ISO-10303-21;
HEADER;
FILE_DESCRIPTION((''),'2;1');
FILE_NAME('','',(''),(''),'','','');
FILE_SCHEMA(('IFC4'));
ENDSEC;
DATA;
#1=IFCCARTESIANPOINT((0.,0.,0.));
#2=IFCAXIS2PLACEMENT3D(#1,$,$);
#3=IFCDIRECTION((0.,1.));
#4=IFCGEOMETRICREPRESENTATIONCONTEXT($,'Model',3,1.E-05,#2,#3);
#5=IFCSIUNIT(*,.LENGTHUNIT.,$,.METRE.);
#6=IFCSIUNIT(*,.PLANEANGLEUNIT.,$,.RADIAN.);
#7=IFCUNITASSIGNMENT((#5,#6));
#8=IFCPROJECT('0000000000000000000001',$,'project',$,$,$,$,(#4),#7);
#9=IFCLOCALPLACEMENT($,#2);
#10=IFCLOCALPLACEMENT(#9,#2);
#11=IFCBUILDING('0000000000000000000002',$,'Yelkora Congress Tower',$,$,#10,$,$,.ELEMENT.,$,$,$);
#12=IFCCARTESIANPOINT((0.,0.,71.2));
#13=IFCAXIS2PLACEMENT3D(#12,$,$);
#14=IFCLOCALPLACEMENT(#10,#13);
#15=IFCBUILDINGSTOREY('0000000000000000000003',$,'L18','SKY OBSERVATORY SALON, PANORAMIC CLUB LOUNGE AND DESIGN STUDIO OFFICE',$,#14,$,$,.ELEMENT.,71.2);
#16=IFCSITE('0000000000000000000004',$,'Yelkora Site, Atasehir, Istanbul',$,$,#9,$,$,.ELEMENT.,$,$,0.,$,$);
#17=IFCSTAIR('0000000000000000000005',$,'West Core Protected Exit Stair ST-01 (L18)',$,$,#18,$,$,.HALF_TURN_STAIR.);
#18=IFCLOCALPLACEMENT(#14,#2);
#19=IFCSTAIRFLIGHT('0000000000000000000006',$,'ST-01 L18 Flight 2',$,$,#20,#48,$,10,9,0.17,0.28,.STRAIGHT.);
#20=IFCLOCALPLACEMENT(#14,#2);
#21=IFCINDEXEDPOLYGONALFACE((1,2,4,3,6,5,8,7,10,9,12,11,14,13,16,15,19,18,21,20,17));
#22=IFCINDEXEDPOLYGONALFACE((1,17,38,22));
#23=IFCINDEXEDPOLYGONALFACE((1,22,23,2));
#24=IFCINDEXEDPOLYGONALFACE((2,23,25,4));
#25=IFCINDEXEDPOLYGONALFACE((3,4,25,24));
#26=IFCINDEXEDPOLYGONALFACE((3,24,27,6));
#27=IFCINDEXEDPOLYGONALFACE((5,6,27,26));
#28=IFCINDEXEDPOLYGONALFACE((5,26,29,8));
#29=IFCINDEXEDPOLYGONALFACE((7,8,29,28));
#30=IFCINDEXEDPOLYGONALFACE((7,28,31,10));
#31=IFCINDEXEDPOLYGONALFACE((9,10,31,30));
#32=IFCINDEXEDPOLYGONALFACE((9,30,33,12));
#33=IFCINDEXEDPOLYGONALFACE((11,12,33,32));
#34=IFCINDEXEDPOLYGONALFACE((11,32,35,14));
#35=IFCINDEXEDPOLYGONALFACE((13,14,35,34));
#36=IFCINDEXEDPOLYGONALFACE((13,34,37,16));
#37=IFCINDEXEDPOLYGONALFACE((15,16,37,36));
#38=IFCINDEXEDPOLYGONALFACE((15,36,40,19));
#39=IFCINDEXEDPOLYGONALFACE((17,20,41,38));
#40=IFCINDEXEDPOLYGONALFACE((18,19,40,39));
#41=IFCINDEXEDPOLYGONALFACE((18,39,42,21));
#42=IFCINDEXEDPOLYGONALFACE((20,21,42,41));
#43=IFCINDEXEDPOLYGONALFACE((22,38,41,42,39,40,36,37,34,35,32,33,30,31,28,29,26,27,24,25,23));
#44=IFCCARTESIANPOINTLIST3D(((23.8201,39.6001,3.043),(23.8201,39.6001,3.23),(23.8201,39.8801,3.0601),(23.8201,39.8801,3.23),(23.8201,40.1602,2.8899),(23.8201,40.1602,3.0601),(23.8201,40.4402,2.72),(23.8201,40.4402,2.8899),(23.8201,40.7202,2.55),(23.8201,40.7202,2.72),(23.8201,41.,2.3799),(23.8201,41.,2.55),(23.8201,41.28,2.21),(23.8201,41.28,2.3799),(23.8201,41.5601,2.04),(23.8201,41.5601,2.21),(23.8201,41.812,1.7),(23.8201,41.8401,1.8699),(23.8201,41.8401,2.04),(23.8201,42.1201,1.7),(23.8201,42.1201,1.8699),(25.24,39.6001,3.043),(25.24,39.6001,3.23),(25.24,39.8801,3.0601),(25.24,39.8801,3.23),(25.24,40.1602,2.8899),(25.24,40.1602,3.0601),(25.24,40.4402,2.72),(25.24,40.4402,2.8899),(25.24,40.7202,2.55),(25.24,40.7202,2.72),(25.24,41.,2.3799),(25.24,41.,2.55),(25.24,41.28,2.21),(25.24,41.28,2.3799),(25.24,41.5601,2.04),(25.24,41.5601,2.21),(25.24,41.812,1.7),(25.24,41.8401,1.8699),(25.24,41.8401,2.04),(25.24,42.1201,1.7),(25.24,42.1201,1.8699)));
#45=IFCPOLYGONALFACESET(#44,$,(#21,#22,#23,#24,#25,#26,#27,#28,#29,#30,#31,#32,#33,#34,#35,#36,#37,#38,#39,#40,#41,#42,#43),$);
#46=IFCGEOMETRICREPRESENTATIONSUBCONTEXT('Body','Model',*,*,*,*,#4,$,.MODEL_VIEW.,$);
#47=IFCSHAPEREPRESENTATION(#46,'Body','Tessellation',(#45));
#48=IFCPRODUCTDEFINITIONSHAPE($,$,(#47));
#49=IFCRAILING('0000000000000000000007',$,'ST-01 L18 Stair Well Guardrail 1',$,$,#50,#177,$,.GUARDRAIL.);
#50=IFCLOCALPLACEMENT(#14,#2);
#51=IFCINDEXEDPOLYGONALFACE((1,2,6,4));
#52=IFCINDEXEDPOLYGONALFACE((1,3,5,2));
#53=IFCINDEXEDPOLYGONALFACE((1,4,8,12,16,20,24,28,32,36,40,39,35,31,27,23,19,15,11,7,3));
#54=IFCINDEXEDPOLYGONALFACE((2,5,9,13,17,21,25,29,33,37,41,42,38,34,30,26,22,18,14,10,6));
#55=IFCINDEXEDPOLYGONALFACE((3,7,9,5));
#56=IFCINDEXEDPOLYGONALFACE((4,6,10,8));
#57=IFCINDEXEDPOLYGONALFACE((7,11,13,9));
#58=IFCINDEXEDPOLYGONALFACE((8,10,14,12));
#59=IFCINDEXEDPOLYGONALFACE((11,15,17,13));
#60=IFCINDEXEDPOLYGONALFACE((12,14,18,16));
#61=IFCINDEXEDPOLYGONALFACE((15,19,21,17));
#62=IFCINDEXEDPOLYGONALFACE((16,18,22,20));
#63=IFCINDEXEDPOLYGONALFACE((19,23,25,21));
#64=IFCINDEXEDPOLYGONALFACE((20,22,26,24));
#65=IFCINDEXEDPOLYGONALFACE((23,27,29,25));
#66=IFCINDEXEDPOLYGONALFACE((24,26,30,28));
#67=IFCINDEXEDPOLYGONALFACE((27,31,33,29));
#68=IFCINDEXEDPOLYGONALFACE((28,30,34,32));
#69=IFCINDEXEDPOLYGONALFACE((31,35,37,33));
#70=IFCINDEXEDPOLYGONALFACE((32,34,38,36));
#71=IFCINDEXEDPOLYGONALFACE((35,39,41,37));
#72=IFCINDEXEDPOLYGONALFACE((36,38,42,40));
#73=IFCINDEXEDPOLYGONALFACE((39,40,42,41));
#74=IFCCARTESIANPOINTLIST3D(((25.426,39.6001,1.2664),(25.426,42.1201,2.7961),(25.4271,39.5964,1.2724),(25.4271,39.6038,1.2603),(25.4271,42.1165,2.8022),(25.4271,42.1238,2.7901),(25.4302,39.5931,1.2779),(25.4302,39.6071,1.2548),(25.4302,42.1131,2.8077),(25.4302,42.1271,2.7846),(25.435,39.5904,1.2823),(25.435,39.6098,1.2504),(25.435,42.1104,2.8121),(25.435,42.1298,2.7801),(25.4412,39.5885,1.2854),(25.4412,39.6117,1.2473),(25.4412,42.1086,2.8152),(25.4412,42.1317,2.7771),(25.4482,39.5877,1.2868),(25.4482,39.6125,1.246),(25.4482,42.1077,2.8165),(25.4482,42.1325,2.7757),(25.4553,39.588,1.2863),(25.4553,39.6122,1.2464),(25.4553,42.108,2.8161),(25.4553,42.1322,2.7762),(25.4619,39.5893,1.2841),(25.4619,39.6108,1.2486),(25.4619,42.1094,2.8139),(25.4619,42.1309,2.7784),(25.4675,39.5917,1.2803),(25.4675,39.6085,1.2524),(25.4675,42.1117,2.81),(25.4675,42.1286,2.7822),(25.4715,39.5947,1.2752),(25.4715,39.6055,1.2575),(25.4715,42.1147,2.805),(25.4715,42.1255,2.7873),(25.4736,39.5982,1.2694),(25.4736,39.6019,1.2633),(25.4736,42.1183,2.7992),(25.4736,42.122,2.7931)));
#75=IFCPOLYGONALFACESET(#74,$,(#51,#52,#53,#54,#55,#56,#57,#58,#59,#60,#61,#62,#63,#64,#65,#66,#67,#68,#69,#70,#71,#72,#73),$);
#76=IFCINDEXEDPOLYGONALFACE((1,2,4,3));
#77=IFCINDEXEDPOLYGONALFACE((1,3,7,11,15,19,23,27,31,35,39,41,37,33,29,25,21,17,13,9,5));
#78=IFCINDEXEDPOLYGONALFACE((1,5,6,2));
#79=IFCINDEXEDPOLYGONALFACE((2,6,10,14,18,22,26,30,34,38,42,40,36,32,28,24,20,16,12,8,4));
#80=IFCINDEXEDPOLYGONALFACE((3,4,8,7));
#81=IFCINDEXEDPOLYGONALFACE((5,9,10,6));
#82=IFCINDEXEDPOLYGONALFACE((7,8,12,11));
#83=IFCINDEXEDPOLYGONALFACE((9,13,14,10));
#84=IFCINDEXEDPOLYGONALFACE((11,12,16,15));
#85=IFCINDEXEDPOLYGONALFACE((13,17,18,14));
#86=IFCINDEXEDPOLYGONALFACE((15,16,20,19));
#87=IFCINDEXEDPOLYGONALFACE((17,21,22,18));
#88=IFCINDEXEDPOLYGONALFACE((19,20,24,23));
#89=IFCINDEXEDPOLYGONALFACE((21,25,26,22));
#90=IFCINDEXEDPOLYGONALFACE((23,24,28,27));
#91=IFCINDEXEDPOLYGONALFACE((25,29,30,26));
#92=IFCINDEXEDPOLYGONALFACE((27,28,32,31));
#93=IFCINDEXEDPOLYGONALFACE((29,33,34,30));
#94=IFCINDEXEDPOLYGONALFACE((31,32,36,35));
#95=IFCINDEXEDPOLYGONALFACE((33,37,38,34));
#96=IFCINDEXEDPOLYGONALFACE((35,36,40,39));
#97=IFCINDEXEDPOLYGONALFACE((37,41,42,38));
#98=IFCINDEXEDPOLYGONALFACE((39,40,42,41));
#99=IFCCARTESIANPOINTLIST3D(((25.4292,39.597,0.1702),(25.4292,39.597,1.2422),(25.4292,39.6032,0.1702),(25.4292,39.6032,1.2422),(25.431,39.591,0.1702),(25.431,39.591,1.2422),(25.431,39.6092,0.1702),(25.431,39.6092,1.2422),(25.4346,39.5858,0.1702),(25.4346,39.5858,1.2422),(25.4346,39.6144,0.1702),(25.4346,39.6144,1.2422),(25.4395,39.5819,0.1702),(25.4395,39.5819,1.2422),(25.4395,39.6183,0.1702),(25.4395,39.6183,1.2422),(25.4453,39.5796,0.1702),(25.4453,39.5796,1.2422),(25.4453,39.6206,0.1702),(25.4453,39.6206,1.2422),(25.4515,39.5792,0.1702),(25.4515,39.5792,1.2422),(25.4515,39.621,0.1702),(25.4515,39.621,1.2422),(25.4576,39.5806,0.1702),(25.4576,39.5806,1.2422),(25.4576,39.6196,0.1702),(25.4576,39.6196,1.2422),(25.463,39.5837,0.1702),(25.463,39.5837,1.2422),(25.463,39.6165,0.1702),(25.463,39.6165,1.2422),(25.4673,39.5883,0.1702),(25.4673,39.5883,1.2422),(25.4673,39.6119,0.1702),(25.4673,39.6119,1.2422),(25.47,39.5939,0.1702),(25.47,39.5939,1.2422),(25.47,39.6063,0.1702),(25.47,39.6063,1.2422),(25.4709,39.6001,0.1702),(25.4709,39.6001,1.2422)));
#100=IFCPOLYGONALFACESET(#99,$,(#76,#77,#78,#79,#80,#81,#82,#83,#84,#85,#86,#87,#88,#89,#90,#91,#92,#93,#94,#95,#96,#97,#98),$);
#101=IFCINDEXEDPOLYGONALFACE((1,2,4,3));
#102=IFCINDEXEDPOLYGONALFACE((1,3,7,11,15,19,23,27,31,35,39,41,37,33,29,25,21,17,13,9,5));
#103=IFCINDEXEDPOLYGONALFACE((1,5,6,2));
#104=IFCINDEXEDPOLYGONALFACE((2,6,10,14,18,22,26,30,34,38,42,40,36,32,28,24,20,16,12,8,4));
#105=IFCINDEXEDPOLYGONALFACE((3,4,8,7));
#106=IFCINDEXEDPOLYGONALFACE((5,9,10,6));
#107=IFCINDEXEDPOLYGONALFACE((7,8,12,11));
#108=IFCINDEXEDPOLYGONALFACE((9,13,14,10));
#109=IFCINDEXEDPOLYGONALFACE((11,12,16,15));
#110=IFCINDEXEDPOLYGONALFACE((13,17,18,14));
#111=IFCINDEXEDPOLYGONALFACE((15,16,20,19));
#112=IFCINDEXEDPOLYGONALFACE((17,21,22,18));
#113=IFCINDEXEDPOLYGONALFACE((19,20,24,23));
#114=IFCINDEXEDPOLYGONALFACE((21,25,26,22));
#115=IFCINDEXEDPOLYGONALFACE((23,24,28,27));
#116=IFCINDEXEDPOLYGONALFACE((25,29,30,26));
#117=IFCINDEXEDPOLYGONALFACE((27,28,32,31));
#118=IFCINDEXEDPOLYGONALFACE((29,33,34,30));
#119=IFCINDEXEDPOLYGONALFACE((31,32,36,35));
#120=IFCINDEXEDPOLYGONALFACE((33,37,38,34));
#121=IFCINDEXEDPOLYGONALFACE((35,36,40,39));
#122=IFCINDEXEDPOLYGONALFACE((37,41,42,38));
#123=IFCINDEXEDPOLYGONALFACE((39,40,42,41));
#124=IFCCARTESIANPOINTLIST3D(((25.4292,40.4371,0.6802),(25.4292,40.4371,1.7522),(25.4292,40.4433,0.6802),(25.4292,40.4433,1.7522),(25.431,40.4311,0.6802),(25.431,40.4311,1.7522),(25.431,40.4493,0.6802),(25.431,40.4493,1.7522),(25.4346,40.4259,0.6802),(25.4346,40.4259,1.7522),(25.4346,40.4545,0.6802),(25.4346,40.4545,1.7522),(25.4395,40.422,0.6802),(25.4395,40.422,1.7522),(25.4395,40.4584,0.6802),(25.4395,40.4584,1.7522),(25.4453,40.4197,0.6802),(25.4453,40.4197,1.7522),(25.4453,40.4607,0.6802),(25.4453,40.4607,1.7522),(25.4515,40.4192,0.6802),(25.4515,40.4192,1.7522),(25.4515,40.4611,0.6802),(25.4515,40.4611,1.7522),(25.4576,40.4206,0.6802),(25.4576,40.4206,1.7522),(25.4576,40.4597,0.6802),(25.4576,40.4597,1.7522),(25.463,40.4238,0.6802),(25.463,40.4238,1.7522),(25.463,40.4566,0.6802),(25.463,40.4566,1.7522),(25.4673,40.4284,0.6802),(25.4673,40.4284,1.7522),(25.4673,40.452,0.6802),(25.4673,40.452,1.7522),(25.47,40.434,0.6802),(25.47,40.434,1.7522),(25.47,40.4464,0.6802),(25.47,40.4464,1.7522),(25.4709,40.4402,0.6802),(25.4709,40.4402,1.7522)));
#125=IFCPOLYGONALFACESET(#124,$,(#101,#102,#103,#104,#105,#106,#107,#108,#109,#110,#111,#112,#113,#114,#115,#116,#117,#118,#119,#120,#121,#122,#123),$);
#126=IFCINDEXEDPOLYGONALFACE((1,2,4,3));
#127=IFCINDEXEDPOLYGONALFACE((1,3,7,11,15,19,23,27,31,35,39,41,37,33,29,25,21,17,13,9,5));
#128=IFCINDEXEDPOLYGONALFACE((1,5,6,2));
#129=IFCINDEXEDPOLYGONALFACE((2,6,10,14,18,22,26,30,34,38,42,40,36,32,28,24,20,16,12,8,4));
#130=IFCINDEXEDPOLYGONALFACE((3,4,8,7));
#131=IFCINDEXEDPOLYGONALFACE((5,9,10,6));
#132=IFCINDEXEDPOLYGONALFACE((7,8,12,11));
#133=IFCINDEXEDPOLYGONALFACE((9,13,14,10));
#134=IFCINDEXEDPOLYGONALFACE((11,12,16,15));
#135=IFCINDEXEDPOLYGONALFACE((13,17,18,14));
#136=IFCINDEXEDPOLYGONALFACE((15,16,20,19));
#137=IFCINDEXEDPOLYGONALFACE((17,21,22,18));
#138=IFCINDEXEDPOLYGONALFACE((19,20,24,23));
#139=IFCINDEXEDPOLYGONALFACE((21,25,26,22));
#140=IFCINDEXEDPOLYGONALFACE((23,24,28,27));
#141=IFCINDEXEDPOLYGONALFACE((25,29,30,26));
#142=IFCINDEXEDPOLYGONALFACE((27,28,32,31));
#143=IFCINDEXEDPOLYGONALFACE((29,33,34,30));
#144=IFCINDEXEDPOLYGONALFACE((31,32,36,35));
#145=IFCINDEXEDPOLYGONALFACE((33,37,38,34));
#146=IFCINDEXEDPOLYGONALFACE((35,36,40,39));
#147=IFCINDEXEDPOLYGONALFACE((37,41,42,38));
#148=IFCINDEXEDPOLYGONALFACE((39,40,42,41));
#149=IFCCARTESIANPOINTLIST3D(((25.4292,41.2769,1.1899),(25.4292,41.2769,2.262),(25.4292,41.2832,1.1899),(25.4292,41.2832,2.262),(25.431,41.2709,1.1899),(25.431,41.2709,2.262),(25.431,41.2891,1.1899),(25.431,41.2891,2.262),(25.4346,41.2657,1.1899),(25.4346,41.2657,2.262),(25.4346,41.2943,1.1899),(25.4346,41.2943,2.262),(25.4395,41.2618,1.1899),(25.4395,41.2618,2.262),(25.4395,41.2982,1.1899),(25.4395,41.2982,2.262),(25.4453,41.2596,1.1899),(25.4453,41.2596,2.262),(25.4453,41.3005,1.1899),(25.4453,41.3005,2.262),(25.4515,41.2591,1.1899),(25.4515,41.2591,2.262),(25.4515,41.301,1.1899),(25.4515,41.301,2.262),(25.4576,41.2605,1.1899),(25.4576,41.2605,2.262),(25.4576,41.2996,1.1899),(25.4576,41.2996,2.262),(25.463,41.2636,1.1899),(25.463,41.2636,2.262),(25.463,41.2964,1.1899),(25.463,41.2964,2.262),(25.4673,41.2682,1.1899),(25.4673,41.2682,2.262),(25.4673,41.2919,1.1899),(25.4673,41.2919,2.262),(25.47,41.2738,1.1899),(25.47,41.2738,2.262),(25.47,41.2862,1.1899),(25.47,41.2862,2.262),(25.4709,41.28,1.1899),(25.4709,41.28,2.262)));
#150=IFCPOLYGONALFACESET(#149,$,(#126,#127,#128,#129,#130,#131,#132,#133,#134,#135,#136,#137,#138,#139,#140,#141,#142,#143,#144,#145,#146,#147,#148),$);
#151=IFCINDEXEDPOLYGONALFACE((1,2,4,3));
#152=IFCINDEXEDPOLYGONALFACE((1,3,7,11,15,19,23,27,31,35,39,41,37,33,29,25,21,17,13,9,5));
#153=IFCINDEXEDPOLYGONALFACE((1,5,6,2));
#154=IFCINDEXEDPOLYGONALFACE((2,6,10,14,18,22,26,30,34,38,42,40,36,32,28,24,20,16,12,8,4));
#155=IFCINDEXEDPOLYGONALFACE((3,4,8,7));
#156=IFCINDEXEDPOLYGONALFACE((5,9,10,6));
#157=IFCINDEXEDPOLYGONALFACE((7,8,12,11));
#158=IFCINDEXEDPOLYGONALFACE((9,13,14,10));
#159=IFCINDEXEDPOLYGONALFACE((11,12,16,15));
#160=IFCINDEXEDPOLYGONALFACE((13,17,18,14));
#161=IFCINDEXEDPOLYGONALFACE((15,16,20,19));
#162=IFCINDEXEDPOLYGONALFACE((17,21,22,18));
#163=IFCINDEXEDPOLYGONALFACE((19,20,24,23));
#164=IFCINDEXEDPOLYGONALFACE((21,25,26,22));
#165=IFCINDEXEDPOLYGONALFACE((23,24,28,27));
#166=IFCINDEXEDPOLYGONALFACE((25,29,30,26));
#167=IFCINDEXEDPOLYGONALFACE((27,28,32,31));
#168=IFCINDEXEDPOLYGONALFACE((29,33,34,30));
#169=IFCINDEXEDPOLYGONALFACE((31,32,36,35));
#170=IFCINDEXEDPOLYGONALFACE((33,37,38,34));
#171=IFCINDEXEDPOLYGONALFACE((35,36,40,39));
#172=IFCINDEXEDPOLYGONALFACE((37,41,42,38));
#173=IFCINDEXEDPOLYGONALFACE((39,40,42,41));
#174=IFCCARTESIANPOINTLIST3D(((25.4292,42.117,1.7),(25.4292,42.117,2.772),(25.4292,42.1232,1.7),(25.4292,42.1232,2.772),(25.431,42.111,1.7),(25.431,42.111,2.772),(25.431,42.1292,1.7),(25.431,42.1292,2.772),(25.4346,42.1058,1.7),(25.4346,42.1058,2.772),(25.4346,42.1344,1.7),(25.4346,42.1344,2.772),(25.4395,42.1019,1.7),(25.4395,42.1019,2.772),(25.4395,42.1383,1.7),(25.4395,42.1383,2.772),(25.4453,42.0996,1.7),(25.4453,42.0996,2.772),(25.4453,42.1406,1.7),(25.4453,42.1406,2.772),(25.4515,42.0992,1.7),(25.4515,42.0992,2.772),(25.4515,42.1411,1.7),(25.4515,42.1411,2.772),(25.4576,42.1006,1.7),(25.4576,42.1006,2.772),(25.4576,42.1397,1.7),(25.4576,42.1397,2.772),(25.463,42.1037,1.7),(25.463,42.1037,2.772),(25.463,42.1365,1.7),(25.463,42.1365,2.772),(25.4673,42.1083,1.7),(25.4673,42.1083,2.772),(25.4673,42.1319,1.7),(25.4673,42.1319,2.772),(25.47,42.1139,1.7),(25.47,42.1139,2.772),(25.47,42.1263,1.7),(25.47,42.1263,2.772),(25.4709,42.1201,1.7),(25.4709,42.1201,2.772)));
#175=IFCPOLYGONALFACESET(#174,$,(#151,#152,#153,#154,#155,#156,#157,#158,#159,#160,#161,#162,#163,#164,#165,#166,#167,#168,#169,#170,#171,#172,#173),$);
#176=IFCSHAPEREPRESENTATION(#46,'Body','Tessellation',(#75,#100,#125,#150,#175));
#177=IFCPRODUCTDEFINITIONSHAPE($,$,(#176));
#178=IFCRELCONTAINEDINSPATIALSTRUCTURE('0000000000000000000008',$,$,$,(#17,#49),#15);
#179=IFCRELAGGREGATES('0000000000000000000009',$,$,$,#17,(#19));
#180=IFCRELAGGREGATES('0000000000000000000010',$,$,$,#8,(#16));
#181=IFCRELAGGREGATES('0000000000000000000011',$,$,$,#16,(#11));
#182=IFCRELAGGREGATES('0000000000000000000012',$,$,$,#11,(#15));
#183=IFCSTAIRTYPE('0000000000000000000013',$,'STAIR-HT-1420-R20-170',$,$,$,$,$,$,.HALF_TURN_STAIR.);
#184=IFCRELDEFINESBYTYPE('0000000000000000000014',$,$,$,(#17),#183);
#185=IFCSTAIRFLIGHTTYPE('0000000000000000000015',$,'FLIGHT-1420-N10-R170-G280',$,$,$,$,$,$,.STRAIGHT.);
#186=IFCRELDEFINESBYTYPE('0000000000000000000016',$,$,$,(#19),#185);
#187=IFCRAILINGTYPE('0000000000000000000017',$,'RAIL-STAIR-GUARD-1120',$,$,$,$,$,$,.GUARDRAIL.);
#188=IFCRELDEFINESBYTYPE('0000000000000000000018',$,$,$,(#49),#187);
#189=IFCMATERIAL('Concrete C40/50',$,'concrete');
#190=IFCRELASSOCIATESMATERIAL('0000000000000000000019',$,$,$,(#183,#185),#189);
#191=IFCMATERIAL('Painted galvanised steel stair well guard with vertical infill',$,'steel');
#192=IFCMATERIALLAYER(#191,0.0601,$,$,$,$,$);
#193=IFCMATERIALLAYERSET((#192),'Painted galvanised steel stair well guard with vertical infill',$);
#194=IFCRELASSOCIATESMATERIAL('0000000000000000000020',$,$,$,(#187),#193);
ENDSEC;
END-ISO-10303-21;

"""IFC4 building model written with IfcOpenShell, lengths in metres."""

from ifc_helpers import new_model, si_unit, direction, frame, origin, origin_2d, place, context, subcontext, project, spatial, polyline, circle, outline, extrude, material, layer, layer_set, type_object, element, aggregate, save


model = new_model("IFC4")

# Units and contexts
model_context = context("Model", 3, precision=1e-05, world=origin(), true_north=direction((0.0, 1.0)))
body_context = subcontext(model_context, "Body", "Model", "MODEL_VIEW")
ifc_project = project(units=[si_unit("LENGTHUNIT", "METRE"), si_unit("PLANEANGLEUNIT", "RADIAN")], contexts=[model_context])

# Site, building, storey
site_placement = place(None, origin())
site = spatial("IfcSite", under=ifc_project, at=site_placement, Name="Yelkora Site, Atasehir, Istanbul", CompositionType="ELEMENT", RefElevation=0.0)
building_placement = place(site_placement, origin())
building = spatial("IfcBuilding", under=site, at=building_placement, Name="Yelkora Congress Tower", CompositionType="ELEMENT")
storey_placement = place(building_placement, frame((0.0, 0.0, 71.2)))
storey = spatial("IfcBuildingStorey", under=building, at=storey_placement, Name="L18", Description="SKY OBSERVATORY SALON, PANORAMIC CLUB LOUNGE AND DESIGN STUDIO OFFICE", CompositionType="ELEMENT", Elevation=71.2)

# Stair, stair flight
ifc_material_1 = material(Name="Concrete C40/50", Category="concrete")
stair_type = type_object("IfcStairType", Name="STAIR-HT-1420-R20-170", PredefinedType="HALF_TURN_STAIR", material=ifc_material_1)
stair_placement = place(storey_placement, origin())
stair = element("IfcStair", 1, at=stair_placement, inside=storey, type_object=stair_type, Name="West Core Protected Exit Stair ST-01 (L18)", PredefinedType="HALF_TURN_STAIR")
stair_flight_type = type_object("IfcStairFlightType", Name="FLIGHT-1420-N10-R170-G280", PredefinedType="STRAIGHT", material=ifc_material_1)
stair_flight_1_placement = place(storey_placement, frame((24.53, 42.1201, 1.7), z_axis=(0.0, 0.0, 1.0), x_axis=(0.0, -1.0, 0.0)))
stair_flight_1 = element("IfcStairFlight", 2, at=stair_flight_1_placement, type_object=stair_flight_type, Name="ST-01 L18 Flight 2", NumberOfRisers=10, NumberOfTreads=9, PredefinedType="STRAIGHT", RiserHeight=0.17, TreadLength=0.28, context=body_context, shape_type="SweptSolid", body=[
    extrude(outline(polyline([(0.0, 0.0), (0.0, 0.1699), (0.28, 0.1699), (0.28, 0.3401), (0.5601, 0.3401), (0.5601, 0.51), (0.8401, 0.51), (0.8401, 0.6799), (1.1201, 0.6799), (1.1201, 0.8501), (1.3999, 0.8501), (1.3999, 1.02), (1.6799, 1.02), (1.6799, 1.1899), (1.96, 1.1899), (1.96, 1.3601), (2.24, 1.3601), (2.24, 1.53), (2.52, 1.53), (2.52, 1.7), (2.52, 1.343), (0.3081, 0.0), (0.0, 0.0)])), frame((0.0, 0.71, 0.0), z_axis=(0.0, -1.0, 0.0), x_axis=(1.0, 0.0, 0.0)), (0.0, 0.0, 1.0), 1.4199),
])
aggregate(stair, [stair_flight_1])

# Railing
ifc_material_2 = material(Name="Painted galvanised steel stair well guard with vertical infill", Category="steel")
ifc_layer_1 = layer(ifc_material_2, 0.0601)
ifc_layer_set_1 = layer_set([ifc_layer_1], Name="Painted galvanised steel stair well guard with vertical infill")
railing_type_1 = type_object("IfcRailingType", Name="RAIL-STAIR-GUARD-1120", PredefinedType="GUARDRAIL", material=ifc_layer_set_1)
railing_1_placement = place(storey_placement, frame((25.45, 39.6001, 0.1702)))
element("IfcRailing", 3, at=railing_1_placement, inside=storey, type_object=railing_type_1, Name="ST-01 L18 Stair Well Guardrail 1", PredefinedType="GUARDRAIL", context=body_context, shape_type="SweptSolid", body=[
    extrude(circle(Radius=0.0239, at=origin_2d()), frame((0.0, 0.0, 1.0962), z_axis=(0.0, 0.854822, 0.518922), x_axis=(-1.0, 0.0, 0.0)), (0.0, 0.0, 1.0), 2.948),
    extrude(circle(Radius=0.021, at=origin_2d()), origin(), (0.0, 0.0, 1.0), 1.072),
    extrude(circle(Radius=0.021, at=origin_2d()), frame((0.0, 0.8401, 0.51)), (0.0, 0.0, 1.0), 1.072),
    extrude(circle(Radius=0.021, at=origin_2d()), frame((0.0, 1.6799, 1.0198)), (0.0, 0.0, 1.0), 1.072),
    extrude(circle(Radius=0.021, at=origin_2d()), frame((0.0, 2.52, 1.5298)), (0.0, 0.0, 1.0), 1.072),
])

save(model, "model.ifc")
